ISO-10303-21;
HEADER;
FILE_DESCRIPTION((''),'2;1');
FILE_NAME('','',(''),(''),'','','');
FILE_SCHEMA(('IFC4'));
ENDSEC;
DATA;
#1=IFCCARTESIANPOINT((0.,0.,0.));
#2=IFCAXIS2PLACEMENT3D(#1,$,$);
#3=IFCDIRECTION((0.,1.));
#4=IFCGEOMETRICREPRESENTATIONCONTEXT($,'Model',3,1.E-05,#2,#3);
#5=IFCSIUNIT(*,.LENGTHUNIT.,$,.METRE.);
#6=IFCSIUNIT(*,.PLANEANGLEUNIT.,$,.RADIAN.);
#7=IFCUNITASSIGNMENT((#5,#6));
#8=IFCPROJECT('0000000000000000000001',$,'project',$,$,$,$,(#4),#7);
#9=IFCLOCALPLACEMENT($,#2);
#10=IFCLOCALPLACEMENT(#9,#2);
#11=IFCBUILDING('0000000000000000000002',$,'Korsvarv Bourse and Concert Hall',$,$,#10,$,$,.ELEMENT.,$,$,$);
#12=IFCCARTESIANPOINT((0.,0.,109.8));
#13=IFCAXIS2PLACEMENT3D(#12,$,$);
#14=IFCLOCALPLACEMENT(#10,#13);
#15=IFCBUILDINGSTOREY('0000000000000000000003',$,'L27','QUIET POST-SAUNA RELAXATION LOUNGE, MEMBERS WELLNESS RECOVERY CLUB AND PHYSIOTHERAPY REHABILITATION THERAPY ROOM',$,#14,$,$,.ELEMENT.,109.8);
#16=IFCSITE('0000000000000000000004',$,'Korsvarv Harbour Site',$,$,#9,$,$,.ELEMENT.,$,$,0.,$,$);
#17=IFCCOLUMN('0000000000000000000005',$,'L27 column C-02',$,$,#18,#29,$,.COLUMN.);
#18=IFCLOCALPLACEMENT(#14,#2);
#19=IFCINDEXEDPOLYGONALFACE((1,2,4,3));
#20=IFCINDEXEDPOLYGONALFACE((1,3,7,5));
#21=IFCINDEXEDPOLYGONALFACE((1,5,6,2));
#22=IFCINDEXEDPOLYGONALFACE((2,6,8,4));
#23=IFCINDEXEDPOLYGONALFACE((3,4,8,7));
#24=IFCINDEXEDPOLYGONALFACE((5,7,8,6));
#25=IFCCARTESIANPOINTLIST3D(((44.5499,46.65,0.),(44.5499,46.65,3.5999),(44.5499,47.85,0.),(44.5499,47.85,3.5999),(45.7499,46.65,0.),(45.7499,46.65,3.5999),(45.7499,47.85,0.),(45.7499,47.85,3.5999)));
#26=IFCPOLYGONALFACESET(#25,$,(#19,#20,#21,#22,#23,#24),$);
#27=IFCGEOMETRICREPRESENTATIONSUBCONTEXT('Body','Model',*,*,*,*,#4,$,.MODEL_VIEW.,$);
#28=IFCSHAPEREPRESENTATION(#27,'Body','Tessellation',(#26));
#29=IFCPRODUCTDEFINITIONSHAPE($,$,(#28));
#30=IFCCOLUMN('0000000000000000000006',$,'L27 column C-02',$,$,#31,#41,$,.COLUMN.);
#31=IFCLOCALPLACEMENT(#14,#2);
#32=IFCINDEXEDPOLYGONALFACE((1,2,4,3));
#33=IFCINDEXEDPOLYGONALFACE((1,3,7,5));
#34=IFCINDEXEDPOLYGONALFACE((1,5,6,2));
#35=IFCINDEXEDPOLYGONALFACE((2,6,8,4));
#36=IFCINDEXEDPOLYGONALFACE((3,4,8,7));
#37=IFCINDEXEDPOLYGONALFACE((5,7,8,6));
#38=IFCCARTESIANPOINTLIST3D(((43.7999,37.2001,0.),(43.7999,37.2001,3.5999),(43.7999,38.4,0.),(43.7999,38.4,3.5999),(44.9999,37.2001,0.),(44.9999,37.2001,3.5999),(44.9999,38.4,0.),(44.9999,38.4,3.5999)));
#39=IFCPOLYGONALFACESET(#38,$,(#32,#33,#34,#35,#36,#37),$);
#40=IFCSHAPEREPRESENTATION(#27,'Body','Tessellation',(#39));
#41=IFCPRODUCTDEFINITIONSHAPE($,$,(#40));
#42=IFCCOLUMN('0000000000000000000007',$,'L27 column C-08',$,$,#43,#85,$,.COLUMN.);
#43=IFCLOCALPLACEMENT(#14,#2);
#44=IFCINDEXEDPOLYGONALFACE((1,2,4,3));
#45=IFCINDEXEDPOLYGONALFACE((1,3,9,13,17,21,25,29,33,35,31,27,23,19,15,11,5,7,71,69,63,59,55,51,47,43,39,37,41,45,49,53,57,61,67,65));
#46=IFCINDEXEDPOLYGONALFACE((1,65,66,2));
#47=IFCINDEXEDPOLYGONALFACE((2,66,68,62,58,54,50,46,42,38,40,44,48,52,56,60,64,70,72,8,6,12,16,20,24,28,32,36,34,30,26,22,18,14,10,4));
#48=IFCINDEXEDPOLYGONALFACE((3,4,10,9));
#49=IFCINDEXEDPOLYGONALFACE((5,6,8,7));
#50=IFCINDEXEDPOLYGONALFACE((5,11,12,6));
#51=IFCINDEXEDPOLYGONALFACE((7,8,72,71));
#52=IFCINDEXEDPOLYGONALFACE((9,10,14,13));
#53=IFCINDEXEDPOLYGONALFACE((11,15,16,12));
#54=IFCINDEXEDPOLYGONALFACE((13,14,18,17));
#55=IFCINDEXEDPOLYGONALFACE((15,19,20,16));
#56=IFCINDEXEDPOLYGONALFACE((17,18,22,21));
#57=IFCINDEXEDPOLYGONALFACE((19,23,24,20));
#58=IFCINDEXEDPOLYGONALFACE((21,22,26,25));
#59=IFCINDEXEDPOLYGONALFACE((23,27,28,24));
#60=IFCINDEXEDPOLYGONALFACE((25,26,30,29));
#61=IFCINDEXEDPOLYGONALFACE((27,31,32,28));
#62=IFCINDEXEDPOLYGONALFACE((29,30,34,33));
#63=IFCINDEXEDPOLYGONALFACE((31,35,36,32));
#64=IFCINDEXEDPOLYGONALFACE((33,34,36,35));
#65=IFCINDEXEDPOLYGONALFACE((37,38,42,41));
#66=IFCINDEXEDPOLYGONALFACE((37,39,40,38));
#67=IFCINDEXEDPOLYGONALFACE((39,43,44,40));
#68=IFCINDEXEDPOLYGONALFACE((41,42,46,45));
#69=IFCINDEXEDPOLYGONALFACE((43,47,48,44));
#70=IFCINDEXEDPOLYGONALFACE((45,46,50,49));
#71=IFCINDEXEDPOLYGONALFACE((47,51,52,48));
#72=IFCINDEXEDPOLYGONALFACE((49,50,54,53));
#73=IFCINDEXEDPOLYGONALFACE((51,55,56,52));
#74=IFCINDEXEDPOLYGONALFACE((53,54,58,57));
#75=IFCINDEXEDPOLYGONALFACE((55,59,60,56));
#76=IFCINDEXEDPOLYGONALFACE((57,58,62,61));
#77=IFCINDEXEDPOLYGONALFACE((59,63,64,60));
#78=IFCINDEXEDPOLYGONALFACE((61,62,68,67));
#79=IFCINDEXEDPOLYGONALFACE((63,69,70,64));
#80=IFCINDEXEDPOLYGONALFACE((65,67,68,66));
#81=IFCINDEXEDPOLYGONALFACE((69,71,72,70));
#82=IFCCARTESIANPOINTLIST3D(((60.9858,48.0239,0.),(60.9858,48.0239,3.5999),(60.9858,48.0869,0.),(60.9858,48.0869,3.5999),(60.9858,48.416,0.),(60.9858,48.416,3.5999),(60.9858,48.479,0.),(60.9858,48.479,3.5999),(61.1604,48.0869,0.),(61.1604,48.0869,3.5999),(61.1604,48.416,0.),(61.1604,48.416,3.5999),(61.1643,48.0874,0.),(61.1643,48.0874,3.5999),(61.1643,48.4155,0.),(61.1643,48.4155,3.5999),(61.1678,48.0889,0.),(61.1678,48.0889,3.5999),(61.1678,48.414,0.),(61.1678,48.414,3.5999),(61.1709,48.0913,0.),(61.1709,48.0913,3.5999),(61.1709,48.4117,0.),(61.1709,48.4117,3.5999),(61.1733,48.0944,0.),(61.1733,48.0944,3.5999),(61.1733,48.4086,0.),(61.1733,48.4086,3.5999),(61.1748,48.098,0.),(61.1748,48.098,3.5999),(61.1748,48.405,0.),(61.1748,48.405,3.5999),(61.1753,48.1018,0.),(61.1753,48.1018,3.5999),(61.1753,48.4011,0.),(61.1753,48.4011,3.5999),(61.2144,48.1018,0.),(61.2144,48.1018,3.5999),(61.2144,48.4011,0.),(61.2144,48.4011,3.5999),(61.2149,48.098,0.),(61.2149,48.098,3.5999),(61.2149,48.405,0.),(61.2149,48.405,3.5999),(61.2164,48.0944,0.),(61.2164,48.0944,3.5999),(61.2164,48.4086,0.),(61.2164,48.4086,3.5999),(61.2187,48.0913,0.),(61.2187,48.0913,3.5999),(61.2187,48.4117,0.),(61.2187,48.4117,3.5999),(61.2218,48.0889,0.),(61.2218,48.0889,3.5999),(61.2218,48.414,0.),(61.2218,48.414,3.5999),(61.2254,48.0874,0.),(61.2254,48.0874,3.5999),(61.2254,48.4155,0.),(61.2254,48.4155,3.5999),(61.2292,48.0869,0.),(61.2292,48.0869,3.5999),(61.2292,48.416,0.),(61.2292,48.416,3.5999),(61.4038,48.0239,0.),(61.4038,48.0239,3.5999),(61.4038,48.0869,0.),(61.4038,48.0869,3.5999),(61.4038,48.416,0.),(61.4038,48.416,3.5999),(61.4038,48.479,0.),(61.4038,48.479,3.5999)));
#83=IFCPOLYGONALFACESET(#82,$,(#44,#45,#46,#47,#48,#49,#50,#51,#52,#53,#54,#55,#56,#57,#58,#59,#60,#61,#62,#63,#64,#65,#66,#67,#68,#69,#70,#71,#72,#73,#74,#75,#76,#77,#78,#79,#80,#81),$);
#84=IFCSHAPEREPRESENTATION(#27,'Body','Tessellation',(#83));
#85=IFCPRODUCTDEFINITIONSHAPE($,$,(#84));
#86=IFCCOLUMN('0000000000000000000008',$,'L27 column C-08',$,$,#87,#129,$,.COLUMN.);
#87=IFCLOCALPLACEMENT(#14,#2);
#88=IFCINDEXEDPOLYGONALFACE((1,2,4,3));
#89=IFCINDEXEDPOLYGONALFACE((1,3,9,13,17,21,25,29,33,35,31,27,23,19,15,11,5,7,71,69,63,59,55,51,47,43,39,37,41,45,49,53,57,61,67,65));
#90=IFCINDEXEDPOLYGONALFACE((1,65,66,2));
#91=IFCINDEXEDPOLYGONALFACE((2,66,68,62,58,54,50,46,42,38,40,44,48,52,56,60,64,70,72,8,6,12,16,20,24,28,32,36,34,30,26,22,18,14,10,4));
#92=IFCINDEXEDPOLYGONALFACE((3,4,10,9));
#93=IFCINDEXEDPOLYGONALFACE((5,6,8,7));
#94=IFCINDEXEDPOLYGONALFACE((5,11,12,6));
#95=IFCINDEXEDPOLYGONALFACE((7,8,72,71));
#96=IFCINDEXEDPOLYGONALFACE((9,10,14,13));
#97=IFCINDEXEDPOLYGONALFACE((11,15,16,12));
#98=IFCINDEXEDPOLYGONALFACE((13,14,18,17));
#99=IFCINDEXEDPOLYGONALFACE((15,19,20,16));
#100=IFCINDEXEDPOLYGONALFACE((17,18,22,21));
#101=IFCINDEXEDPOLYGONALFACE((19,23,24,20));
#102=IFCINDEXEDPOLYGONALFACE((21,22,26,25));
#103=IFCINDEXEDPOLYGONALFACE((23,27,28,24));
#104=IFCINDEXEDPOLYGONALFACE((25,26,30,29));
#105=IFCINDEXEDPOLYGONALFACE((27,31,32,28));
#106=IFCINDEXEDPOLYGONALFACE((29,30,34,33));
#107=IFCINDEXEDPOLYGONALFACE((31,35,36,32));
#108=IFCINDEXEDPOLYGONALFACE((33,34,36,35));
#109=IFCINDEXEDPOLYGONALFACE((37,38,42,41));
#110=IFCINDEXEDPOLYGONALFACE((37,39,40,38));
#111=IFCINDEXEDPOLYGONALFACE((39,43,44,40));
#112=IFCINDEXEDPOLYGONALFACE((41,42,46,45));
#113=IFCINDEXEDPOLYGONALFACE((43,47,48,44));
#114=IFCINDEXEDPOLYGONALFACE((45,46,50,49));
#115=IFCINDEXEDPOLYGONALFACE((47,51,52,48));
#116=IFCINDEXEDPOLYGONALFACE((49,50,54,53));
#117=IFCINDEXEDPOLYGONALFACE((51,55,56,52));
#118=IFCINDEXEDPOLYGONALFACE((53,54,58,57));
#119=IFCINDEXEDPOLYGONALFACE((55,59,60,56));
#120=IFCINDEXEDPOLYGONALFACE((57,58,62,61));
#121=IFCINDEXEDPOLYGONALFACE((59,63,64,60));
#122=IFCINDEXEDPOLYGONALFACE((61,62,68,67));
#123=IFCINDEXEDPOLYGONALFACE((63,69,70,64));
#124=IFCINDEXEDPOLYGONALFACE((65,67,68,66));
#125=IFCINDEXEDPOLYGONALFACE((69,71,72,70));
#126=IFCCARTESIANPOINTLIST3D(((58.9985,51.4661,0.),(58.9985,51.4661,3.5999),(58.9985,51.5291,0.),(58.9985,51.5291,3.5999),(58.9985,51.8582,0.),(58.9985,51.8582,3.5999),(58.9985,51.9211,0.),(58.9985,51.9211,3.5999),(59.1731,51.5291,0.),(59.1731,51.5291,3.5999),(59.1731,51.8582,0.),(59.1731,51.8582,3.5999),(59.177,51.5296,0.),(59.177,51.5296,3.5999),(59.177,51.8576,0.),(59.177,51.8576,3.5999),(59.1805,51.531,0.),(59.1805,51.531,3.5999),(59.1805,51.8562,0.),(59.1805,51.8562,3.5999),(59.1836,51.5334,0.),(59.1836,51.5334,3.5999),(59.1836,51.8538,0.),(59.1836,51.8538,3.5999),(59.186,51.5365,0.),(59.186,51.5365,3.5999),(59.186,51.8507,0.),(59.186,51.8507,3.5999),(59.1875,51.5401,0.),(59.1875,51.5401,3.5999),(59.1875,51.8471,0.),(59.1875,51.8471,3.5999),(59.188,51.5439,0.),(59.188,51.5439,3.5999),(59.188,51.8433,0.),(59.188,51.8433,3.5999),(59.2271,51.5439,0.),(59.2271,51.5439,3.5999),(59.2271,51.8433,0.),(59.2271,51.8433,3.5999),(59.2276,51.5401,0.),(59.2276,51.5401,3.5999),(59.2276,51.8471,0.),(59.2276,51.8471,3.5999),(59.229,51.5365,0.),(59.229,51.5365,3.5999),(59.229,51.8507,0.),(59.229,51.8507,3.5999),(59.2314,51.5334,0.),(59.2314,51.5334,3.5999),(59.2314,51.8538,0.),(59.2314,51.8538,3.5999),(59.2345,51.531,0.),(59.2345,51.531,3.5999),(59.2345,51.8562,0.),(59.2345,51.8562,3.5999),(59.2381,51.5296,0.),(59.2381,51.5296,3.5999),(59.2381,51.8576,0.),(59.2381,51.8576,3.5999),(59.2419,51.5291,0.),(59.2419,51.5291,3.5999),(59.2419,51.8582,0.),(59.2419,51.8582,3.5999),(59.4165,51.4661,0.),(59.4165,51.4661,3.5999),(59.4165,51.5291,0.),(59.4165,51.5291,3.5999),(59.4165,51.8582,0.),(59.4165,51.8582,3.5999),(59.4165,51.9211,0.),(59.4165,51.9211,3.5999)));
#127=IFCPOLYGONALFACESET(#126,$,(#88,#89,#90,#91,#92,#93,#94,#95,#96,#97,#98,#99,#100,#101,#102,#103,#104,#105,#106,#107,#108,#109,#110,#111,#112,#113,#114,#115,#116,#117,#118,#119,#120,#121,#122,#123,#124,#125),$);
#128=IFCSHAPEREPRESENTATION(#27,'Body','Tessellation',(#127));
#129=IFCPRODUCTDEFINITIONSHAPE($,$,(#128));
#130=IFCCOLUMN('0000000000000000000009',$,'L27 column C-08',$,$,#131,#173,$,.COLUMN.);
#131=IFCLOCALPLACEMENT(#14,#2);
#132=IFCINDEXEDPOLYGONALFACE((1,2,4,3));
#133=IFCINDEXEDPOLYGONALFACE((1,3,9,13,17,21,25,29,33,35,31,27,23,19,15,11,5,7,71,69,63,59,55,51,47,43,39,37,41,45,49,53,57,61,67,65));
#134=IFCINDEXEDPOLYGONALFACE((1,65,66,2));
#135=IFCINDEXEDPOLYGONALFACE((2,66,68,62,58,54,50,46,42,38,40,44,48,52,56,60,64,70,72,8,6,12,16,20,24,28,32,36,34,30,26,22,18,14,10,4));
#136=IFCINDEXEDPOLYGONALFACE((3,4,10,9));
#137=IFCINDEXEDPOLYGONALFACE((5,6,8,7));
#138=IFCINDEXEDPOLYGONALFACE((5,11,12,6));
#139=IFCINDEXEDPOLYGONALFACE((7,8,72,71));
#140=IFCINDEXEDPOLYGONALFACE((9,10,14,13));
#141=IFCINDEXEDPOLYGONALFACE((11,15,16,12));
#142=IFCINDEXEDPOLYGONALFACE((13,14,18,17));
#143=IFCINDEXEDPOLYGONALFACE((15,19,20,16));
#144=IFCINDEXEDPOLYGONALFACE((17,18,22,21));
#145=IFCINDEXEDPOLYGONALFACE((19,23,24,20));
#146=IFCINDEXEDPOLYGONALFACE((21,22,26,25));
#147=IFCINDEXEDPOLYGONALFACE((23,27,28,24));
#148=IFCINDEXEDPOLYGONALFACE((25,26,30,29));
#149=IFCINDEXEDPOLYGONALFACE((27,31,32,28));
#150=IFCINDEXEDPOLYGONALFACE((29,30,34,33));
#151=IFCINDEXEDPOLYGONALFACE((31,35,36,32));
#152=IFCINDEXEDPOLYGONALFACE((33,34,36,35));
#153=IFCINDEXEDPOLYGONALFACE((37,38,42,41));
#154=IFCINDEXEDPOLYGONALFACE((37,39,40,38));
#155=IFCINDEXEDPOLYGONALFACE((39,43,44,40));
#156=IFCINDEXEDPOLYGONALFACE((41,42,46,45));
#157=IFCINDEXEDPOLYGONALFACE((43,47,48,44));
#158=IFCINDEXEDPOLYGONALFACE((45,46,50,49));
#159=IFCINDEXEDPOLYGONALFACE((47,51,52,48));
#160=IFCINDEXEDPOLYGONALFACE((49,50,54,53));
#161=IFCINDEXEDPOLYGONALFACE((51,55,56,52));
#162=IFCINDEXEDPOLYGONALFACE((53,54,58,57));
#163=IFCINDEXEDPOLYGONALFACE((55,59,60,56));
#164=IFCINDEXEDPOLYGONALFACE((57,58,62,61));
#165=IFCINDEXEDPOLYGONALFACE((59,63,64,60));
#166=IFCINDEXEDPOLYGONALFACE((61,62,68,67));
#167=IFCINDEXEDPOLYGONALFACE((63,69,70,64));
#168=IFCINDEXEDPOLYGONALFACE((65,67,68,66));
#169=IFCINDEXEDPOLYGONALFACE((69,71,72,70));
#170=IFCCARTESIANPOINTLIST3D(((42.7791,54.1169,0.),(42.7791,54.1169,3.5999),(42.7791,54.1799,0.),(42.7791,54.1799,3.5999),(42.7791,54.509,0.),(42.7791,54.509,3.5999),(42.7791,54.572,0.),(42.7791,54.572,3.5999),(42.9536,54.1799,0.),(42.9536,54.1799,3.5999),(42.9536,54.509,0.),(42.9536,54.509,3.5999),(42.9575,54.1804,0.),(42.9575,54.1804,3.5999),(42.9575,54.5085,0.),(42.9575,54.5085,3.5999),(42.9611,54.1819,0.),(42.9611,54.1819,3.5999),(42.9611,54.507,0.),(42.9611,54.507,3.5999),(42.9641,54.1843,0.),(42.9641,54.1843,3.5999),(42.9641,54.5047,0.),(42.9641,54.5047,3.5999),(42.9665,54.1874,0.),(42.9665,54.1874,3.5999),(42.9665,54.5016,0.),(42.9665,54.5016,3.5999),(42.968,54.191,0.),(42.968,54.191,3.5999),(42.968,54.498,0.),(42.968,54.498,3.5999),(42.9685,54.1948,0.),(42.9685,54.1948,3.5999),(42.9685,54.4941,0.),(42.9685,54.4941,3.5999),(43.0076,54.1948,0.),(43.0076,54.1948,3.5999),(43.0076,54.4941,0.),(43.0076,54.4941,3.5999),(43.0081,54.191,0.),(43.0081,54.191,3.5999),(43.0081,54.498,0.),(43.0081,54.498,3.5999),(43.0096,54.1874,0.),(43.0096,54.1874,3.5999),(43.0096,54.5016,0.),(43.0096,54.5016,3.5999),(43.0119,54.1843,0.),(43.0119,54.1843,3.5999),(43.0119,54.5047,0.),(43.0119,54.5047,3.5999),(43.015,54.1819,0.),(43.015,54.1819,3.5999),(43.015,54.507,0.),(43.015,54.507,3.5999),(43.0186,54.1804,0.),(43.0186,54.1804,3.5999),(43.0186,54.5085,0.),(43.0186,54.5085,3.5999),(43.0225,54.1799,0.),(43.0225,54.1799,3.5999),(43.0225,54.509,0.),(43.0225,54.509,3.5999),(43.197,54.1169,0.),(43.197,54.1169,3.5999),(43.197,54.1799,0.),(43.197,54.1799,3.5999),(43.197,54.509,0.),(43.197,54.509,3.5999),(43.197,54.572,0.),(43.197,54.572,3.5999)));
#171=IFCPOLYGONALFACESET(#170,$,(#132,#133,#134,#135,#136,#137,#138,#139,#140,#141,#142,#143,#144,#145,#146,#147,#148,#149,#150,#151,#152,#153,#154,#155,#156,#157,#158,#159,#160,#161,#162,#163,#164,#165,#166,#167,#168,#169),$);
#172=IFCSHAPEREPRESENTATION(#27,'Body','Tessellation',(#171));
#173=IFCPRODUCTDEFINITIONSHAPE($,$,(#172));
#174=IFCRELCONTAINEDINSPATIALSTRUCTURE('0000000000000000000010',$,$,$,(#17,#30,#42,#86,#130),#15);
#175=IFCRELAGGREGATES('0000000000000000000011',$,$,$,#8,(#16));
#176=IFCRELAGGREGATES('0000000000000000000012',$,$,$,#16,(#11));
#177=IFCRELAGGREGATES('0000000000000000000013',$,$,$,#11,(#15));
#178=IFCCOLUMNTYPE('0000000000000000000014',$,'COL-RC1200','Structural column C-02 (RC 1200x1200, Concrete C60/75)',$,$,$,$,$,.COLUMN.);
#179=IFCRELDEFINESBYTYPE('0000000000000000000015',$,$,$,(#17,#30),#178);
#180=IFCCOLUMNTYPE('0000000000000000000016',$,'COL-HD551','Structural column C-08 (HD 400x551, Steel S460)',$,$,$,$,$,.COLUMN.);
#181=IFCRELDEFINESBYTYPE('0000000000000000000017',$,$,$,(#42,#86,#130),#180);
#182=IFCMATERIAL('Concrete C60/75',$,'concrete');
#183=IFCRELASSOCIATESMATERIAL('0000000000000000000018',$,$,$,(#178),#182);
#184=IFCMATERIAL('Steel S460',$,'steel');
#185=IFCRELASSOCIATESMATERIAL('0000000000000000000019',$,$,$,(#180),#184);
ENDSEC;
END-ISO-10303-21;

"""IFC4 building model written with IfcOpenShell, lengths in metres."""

from ifc_helpers import new_model, si_unit, direction, frame, origin, origin_2d, place, context, subcontext, project, spatial, rectangle, i_section, extrude, source, transform, mapped, material, material_profile, profile_set, type_object, element, save


model = new_model("IFC4")

# Units and contexts
model_context = context("Model", 3, precision=1e-05, world=origin(), true_north=direction((0.0, 1.0)))
body_context = subcontext(model_context, "Body", "Model", "MODEL_VIEW")
ifc_project = project(units=[si_unit("LENGTHUNIT", "METRE"), si_unit("PLANEANGLEUNIT", "RADIAN")], contexts=[model_context])

# Site, building, storey
site_placement = place(None, origin())
site = spatial("IfcSite", under=ifc_project, at=site_placement, Name="Korsvarv Harbour Site", CompositionType="ELEMENT", RefElevation=0.0)
building_placement = place(site_placement, origin())
building = spatial("IfcBuilding", under=site, at=building_placement, Name="Korsvarv Bourse and Concert Hall", CompositionType="ELEMENT")
storey_placement = place(building_placement, frame((0.0, 0.0, 109.8)))
storey = spatial("IfcBuildingStorey", under=building, at=storey_placement, Name="L27", Description="QUIET POST-SAUNA RELAXATION LOUNGE, MEMBERS WELLNESS RECOVERY CLUB AND PHYSIOTHERAPY REHABILITATION THERAPY ROOM", CompositionType="ELEMENT", Elevation=109.8)

# Columns
ifc_material_1 = material(Name="Concrete C60/75", Category="concrete")
ifc_material_profile_1 = material_profile(ifc_material_1, rectangle(XDim=1.2, YDim=1.2, at=origin_2d()), Name="RC 1200x1200")
ifc_profile_set_1 = profile_set([ifc_material_profile_1], Name="Concrete C60/75")
column_type_1 = type_object("IfcColumnType", Name="COL-RC1200", Description="Structural column C-02 (RC 1200x1200, Concrete C60/75)", PredefinedType="COLUMN", material=ifc_profile_set_1)
shared_shape_1 = source(origin(), body_context, "Body", "SweptSolid", [
    extrude(rectangle(XDim=1.2, YDim=1.2, at=origin_2d()), origin(), (0.0, 0.0, 1.0), 3.5999),
])
for number, where, z_axis, x_axis, name in (
    (1, (45.1499, 47.25, 0.0), (0.0, 0.0, 1.0), (1.0, 0.0, 0.0), "L27 column C-02"),
    (2, (44.3999, 37.8, 0.0), (0.0, 0.0, 1.0), (1.0, 0.0, 0.0), "L27 column C-02"),
):
    element("IfcColumn", number, at=place(storey_placement, frame(where, z_axis=z_axis, x_axis=x_axis)), inside=storey, type_object=column_type_1, Name=name, PredefinedType="COLUMN", context=body_context, shape_type="MappedRepresentation", body=[
        mapped(shared_shape_1, transform((0.0, 0.0, 0.0), scale=1.0)),
    ])
ifc_material_2 = material(Name="Steel S460", Category="steel")
ifc_material_profile_2 = material_profile(ifc_material_2, i_section(OverallWidth=0.418, OverallDepth=0.4551, WebThickness=0.0391, FlangeThickness=0.063, FilletRadius=0.0149, at=origin_2d()), Name="HD 400x551")
ifc_profile_set_2 = profile_set([ifc_material_profile_2], Name="Steel S460")
column_type_2 = type_object("IfcColumnType", Name="COL-HD551", Description="Structural column C-08 (HD 400x551, Steel S460)", PredefinedType="COLUMN", material=ifc_profile_set_2)
shared_shape_2 = source(origin(), body_context, "Body", "SweptSolid", [
    extrude(i_section(OverallWidth=0.418, OverallDepth=0.4551, WebThickness=0.0391, FlangeThickness=0.063, FilletRadius=0.0149, at=origin_2d()), origin(), (0.0, 0.0, 1.0), 3.5999),
])
for number, where, z_axis, x_axis, name in (
    (3, (61.1948, 48.2515, 0.0), (0.0, 0.0, 1.0), (1.0, 0.0, 0.0), "L27 column C-08"),
    (4, (59.2075, 51.6936, 0.0), (0.0, 0.0, 1.0), (1.0, 0.0, 0.0), "L27 column C-08"),
    (5, (42.988, 54.3445, 0.0), (0.0, 0.0, 1.0), (1.0, 0.0, 0.0), "L27 column C-08"),
):
    element("IfcColumn", number, at=place(storey_placement, frame(where, z_axis=z_axis, x_axis=x_axis)), inside=storey, type_object=column_type_2, Name=name, PredefinedType="COLUMN", context=body_context, shape_type="MappedRepresentation", body=[
        mapped(shared_shape_2, transform((0.0, 0.0, 0.0), scale=1.0)),
    ])

save(model, "model.ifc")
